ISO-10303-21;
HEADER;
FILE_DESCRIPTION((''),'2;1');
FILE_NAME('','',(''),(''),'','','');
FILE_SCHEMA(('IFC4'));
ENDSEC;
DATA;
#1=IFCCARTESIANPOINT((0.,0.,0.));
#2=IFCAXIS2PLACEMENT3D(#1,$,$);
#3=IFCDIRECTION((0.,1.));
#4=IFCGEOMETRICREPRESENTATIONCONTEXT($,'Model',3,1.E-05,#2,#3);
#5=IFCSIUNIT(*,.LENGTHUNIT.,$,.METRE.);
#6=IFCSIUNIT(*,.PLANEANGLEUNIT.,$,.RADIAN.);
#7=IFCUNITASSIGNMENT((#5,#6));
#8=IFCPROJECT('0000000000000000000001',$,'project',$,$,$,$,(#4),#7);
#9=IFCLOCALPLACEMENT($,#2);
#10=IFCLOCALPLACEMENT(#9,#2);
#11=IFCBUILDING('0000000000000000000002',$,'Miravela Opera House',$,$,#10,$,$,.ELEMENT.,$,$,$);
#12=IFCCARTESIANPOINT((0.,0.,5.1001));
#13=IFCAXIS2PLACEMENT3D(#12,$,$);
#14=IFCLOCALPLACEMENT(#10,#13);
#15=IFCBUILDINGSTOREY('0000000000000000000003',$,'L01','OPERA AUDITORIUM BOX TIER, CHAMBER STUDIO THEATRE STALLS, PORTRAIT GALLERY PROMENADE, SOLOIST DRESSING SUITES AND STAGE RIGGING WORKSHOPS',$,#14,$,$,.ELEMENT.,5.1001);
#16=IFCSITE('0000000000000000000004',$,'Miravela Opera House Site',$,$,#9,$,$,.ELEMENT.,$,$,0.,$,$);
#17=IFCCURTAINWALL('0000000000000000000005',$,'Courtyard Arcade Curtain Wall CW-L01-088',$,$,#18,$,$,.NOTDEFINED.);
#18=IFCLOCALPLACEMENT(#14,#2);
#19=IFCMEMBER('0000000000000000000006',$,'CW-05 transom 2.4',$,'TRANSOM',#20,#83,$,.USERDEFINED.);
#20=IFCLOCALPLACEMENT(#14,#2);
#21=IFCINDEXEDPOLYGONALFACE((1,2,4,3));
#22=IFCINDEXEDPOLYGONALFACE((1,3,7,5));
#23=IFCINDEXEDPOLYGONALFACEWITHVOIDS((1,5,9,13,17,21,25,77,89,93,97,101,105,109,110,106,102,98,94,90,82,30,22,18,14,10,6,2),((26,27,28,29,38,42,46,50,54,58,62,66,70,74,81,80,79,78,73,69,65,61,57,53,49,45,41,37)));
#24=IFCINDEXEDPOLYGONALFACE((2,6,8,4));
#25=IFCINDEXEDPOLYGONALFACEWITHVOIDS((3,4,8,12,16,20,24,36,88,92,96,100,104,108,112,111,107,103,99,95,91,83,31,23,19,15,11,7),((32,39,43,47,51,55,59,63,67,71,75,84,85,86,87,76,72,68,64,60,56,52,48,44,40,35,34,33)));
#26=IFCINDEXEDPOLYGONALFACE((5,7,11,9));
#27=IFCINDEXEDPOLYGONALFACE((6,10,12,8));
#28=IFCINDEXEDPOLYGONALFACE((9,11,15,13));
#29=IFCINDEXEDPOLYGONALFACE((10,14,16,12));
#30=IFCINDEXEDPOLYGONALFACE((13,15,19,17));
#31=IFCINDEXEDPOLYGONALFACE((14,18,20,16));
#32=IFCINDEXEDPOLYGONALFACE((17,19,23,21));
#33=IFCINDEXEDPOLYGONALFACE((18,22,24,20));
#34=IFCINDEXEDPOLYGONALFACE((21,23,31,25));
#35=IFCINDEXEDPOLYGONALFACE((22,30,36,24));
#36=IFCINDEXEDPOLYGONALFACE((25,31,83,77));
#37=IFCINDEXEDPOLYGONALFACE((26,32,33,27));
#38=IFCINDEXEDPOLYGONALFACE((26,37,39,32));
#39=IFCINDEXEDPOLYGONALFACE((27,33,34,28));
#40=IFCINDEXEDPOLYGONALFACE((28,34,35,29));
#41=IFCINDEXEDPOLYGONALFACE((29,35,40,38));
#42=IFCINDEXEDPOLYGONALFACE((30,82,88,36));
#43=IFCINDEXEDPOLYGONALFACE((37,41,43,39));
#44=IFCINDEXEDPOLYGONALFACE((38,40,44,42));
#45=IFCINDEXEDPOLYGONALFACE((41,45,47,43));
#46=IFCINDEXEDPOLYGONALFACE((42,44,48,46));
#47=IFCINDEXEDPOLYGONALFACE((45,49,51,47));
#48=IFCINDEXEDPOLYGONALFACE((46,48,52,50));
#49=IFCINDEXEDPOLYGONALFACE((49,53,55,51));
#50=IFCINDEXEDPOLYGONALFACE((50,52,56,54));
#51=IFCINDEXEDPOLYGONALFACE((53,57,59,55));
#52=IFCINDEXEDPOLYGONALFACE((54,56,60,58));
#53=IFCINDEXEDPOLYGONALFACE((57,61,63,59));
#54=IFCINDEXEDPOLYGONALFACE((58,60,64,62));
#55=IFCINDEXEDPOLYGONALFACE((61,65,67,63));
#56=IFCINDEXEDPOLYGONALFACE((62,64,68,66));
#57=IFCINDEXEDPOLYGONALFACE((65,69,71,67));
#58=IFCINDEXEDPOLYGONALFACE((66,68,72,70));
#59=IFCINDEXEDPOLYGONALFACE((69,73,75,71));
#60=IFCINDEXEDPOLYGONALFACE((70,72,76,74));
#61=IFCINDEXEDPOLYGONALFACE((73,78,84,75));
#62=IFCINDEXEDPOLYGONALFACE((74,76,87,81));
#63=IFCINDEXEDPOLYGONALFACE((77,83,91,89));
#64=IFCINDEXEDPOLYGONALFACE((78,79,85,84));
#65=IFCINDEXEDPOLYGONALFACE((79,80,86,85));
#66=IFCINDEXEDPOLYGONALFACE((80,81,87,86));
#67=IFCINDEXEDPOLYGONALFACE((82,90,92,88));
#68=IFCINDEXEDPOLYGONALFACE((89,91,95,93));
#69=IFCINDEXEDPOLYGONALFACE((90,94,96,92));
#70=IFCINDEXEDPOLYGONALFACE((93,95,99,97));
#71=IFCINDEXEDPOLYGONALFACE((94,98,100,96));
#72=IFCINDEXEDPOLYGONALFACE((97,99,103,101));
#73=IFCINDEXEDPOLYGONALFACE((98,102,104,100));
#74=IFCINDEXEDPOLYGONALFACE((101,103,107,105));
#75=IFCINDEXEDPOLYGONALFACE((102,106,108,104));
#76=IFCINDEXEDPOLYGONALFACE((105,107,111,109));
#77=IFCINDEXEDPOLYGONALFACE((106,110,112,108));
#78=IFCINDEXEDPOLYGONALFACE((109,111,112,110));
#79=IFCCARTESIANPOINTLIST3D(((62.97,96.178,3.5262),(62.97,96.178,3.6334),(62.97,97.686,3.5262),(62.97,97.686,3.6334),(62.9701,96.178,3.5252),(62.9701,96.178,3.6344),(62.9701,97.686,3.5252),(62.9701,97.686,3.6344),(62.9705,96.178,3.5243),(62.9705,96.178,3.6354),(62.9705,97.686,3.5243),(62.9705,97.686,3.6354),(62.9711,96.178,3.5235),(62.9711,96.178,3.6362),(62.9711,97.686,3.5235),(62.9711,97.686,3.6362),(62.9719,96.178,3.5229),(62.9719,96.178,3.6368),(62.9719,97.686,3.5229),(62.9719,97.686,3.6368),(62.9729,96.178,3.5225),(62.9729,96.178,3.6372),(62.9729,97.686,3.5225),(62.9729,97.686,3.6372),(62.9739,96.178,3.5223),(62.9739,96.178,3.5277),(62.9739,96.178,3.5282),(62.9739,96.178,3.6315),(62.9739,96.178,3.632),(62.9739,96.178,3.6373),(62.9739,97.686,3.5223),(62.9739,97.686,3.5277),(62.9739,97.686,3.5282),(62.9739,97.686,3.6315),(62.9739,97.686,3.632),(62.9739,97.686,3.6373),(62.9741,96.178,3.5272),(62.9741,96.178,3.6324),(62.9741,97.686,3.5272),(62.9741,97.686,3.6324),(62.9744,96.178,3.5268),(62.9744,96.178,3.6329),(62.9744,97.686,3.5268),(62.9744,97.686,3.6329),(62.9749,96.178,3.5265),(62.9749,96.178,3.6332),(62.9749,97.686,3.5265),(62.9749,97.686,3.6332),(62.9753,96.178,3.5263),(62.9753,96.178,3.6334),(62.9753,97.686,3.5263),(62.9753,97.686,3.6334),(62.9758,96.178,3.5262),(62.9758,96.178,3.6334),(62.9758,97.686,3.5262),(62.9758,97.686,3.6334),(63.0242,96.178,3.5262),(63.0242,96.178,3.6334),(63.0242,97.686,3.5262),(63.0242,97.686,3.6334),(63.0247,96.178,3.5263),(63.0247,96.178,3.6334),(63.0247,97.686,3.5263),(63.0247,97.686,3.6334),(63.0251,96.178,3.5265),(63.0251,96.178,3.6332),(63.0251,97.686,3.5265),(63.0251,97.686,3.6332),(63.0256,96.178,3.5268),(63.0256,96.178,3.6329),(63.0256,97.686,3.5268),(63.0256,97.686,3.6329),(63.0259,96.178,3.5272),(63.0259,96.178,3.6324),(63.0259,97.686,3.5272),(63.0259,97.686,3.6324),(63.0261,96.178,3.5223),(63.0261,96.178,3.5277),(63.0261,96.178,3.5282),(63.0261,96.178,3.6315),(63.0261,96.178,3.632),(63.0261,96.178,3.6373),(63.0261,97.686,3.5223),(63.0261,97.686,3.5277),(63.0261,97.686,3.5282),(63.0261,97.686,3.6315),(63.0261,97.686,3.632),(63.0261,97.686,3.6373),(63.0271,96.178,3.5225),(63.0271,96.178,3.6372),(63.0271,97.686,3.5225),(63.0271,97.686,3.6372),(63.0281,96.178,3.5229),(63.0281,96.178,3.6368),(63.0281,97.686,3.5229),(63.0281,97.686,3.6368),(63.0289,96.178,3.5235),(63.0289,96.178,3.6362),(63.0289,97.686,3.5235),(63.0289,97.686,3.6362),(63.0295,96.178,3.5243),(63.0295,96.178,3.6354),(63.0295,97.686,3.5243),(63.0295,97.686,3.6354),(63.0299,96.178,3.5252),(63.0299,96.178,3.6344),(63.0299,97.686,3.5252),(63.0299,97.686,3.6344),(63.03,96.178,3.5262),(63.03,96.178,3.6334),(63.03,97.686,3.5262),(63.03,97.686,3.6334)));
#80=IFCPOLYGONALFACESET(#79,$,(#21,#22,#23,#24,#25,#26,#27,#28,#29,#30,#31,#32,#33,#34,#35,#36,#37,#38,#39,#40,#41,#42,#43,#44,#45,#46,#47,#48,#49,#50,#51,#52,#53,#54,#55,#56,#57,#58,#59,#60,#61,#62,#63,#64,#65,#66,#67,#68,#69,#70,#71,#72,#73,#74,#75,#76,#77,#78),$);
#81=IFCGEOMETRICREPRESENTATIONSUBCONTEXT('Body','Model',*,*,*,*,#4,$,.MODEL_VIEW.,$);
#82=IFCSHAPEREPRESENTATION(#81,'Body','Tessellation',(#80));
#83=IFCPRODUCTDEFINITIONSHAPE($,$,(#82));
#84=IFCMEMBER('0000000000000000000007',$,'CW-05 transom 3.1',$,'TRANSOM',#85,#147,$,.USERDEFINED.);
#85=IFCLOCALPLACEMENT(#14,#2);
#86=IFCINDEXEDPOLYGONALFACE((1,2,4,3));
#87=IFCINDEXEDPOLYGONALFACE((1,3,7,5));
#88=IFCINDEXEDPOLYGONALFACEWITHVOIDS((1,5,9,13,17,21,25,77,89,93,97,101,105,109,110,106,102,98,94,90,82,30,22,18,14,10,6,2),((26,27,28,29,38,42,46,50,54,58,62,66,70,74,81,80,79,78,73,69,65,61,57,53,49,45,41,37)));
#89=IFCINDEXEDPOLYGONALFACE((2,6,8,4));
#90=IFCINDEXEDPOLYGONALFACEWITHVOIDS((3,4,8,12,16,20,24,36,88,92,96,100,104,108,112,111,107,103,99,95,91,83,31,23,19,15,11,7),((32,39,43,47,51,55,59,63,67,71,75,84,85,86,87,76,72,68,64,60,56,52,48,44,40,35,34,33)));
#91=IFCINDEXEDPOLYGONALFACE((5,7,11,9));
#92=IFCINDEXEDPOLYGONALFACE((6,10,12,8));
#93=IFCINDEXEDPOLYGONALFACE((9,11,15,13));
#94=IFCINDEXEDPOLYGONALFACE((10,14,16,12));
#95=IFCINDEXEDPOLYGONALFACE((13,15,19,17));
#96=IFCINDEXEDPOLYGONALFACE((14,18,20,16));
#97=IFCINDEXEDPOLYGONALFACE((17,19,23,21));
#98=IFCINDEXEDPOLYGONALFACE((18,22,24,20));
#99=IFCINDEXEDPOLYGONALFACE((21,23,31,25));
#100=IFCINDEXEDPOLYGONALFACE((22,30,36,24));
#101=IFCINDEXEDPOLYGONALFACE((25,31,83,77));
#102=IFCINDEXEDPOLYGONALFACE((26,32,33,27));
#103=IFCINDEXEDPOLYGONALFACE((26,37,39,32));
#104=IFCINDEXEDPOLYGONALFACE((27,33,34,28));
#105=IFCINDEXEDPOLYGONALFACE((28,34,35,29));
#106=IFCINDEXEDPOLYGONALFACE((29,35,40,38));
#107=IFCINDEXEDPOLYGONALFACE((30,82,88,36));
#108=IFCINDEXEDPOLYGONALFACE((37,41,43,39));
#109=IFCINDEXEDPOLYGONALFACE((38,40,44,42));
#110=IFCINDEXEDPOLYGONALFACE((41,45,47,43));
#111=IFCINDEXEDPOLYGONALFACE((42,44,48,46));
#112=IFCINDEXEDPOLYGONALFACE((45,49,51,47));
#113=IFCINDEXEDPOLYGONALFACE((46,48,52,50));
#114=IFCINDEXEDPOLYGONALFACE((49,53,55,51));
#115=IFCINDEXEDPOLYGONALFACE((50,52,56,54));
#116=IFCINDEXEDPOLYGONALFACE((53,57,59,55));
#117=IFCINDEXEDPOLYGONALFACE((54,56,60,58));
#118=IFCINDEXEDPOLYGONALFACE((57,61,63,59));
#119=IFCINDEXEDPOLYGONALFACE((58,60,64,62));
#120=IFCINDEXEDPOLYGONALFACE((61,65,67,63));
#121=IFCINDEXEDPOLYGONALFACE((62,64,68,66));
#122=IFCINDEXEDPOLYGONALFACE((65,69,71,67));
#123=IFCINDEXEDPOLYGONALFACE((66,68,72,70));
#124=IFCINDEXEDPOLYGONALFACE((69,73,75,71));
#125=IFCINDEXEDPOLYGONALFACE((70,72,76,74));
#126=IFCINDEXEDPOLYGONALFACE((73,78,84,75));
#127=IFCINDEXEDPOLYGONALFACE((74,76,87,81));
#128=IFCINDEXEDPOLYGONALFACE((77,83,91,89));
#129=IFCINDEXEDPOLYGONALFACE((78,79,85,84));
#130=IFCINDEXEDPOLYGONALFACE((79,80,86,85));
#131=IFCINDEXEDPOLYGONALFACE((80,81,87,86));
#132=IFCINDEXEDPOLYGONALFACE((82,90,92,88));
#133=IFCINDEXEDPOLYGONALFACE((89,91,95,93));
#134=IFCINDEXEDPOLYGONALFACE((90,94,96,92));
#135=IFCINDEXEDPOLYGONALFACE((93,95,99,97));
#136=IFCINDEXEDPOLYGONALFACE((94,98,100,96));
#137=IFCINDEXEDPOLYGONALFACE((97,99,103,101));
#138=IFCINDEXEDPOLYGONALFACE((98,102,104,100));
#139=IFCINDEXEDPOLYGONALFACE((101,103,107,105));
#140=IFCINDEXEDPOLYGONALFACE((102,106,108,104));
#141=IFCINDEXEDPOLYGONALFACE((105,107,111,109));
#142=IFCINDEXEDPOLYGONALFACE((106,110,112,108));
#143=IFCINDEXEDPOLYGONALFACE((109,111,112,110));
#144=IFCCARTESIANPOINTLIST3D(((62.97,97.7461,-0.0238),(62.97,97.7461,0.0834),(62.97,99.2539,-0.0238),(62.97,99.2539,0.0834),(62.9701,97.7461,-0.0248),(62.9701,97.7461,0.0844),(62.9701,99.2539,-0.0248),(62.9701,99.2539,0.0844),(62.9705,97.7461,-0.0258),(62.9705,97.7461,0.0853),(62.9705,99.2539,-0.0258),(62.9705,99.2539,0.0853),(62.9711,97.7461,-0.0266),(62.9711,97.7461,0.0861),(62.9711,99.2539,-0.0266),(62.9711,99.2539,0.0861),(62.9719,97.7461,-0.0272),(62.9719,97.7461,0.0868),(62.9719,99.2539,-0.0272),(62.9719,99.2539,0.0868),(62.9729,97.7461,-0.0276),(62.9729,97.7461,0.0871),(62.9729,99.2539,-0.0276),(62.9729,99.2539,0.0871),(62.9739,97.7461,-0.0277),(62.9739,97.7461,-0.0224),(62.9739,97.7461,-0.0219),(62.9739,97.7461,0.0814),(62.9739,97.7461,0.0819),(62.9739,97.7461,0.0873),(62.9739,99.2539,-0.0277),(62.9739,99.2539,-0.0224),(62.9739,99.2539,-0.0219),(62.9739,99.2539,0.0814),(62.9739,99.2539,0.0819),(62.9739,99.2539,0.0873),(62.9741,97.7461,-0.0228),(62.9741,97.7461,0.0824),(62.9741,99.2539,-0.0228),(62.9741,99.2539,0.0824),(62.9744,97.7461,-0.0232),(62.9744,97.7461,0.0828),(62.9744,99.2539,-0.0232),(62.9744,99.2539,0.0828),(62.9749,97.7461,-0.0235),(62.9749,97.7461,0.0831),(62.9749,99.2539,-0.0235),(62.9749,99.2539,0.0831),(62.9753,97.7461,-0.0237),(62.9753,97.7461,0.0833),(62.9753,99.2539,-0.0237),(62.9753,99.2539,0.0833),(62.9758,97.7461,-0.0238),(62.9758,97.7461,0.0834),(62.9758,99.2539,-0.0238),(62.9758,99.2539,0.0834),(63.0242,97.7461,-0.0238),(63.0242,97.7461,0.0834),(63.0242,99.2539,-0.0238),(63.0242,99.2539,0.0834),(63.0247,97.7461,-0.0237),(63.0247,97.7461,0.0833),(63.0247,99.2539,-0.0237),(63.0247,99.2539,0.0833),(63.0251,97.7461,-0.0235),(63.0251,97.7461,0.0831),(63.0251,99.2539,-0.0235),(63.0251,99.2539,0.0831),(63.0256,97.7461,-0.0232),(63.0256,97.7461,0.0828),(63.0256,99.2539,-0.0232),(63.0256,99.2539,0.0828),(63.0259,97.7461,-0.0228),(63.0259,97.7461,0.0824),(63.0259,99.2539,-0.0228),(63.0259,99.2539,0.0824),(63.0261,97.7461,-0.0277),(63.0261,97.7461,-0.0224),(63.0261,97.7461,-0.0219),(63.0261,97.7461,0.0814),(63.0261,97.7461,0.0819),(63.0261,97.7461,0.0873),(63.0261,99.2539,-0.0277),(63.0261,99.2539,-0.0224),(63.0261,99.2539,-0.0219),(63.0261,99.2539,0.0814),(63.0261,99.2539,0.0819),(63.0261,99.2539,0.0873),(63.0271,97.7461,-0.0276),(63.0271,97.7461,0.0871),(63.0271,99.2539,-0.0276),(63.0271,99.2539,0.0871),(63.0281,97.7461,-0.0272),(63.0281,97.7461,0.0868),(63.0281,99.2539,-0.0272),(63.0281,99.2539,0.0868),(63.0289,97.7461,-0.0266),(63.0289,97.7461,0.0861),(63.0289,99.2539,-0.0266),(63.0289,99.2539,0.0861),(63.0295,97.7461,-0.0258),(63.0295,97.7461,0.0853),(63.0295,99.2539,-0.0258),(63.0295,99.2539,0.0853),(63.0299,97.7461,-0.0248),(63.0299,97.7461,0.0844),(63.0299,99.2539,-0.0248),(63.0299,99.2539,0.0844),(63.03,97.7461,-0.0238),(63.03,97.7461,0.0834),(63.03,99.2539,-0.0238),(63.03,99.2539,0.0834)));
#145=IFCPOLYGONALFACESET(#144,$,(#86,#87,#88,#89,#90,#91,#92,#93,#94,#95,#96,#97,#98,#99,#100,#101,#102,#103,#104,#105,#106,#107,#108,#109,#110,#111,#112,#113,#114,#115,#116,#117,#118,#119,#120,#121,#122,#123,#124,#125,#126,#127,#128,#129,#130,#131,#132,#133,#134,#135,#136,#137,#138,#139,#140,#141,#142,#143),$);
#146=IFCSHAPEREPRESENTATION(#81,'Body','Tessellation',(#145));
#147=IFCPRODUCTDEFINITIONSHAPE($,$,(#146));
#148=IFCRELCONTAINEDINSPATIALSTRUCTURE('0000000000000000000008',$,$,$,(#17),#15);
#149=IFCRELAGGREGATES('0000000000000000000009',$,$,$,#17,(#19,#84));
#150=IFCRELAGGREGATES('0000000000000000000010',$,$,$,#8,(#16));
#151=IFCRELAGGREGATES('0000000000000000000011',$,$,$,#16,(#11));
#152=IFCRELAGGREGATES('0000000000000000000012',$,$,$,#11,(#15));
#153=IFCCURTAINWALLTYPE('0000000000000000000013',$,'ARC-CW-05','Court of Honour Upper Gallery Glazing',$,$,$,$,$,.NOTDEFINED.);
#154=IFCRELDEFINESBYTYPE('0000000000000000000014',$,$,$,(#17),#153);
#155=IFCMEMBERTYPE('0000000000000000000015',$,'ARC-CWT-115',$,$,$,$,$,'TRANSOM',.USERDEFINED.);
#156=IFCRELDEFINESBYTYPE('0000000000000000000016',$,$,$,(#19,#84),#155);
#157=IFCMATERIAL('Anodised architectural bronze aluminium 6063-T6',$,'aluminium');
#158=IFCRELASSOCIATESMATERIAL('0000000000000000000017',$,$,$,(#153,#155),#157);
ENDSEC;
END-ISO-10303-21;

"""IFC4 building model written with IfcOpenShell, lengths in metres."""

from ifc_helpers import new_model, si_unit, direction, frame, origin, origin_2d, place, context, subcontext, project, spatial, hollow_rectangle, extrude, material, material_profile, profile_set, type_object, element, aggregate, save


model = new_model("IFC4")

# Units and contexts
model_context = context("Model", 3, precision=1e-05, world=origin(), true_north=direction((0.0, 1.0)))
body_context = subcontext(model_context, "Body", "Model", "MODEL_VIEW")
ifc_project = project(units=[si_unit("LENGTHUNIT", "METRE"), si_unit("PLANEANGLEUNIT", "RADIAN")], contexts=[model_context])

# Site, building, storey
site_placement = place(None, origin())
site = spatial("IfcSite", under=ifc_project, at=site_placement, Name="Miravela Opera House Site", CompositionType="ELEMENT", RefElevation=0.0)
building_placement = place(site_placement, origin())
building = spatial("IfcBuilding", under=site, at=building_placement, Name="Miravela Opera House", CompositionType="ELEMENT")
storey_placement = place(building_placement, frame((0.0, 0.0, 5.1001)))
storey = spatial("IfcBuildingStorey", under=building, at=storey_placement, Name="L01", Description="OPERA AUDITORIUM BOX TIER, CHAMBER STUDIO THEATRE STALLS, PORTRAIT GALLERY PROMENADE, SOLOIST DRESSING SUITES AND STAGE RIGGING WORKSHOPS", CompositionType="ELEMENT", Elevation=5.1001)

# Curtain wall, members
ifc_material_1 = material(Name="Anodised architectural bronze aluminium 6063-T6", Category="aluminium")
curtain_wall_type = type_object("IfcCurtainWallType", Name="ARC-CW-05", Description="Court of Honour Upper Gallery Glazing", PredefinedType="NOTDEFINED", material=ifc_material_1)
curtain_wall_1_placement = place(storey_placement, origin())
curtain_wall_1 = element("IfcCurtainWall", 1, at=curtain_wall_1_placement, inside=storey, type_object=curtain_wall_type, Name="Courtyard Arcade Curtain Wall CW-L01-088", PredefinedType="NOTDEFINED")
ifc_material_profile_1 = material_profile(ifc_material_1, hollow_rectangle(XDim=0.0601, YDim=0.115, WallThickness=0.0039, InnerFilletRadius=0.002, OuterFilletRadius=0.0039, at=origin_2d()), Name="CWT-60X115")
ifc_profile_set_1 = profile_set([ifc_material_profile_1])
member_type_1 = type_object("IfcMemberType", Name="ARC-CWT-115", ElementType="TRANSOM", PredefinedType="USERDEFINED", material=ifc_profile_set_1)
member_1_placement = place(storey_placement, frame((63.0, 96.178, 3.5798), z_axis=(0.0, 1.0, 0.0), x_axis=(-1.0, 0.0, 0.0)))
member_1 = element("IfcMember", 2, at=member_1_placement, type_object=member_type_1, Name="CW-05 transom 2.4", ObjectType="TRANSOM", PredefinedType="USERDEFINED", context=body_context, shape_type="SweptSolid", body=[
    extrude(hollow_rectangle(XDim=0.0601, YDim=0.115, WallThickness=0.0039, InnerFilletRadius=0.002, OuterFilletRadius=0.0039, at=origin_2d()), origin(), (0.0, 0.0, 1.0), 1.5081),
])
member_2_placement = place(storey_placement, frame((63.0, 97.7461, 0.0298), z_axis=(0.0, 1.0, 0.0), x_axis=(-1.0, 0.0, 0.0)))
member_2 = element("IfcMember", 3, at=member_2_placement, type_object=member_type_1, Name="CW-05 transom 3.1", ObjectType="TRANSOM", PredefinedType="USERDEFINED", context=body_context, shape_type="SweptSolid", body=[
    extrude(hollow_rectangle(XDim=0.0601, YDim=0.115, WallThickness=0.0039, InnerFilletRadius=0.002, OuterFilletRadius=0.0039, at=origin_2d()), origin(), (0.0, 0.0, 1.0), 1.5078),
])

aggregate(curtain_wall_1, [member_1, member_2])

save(model, "model.ifc")
